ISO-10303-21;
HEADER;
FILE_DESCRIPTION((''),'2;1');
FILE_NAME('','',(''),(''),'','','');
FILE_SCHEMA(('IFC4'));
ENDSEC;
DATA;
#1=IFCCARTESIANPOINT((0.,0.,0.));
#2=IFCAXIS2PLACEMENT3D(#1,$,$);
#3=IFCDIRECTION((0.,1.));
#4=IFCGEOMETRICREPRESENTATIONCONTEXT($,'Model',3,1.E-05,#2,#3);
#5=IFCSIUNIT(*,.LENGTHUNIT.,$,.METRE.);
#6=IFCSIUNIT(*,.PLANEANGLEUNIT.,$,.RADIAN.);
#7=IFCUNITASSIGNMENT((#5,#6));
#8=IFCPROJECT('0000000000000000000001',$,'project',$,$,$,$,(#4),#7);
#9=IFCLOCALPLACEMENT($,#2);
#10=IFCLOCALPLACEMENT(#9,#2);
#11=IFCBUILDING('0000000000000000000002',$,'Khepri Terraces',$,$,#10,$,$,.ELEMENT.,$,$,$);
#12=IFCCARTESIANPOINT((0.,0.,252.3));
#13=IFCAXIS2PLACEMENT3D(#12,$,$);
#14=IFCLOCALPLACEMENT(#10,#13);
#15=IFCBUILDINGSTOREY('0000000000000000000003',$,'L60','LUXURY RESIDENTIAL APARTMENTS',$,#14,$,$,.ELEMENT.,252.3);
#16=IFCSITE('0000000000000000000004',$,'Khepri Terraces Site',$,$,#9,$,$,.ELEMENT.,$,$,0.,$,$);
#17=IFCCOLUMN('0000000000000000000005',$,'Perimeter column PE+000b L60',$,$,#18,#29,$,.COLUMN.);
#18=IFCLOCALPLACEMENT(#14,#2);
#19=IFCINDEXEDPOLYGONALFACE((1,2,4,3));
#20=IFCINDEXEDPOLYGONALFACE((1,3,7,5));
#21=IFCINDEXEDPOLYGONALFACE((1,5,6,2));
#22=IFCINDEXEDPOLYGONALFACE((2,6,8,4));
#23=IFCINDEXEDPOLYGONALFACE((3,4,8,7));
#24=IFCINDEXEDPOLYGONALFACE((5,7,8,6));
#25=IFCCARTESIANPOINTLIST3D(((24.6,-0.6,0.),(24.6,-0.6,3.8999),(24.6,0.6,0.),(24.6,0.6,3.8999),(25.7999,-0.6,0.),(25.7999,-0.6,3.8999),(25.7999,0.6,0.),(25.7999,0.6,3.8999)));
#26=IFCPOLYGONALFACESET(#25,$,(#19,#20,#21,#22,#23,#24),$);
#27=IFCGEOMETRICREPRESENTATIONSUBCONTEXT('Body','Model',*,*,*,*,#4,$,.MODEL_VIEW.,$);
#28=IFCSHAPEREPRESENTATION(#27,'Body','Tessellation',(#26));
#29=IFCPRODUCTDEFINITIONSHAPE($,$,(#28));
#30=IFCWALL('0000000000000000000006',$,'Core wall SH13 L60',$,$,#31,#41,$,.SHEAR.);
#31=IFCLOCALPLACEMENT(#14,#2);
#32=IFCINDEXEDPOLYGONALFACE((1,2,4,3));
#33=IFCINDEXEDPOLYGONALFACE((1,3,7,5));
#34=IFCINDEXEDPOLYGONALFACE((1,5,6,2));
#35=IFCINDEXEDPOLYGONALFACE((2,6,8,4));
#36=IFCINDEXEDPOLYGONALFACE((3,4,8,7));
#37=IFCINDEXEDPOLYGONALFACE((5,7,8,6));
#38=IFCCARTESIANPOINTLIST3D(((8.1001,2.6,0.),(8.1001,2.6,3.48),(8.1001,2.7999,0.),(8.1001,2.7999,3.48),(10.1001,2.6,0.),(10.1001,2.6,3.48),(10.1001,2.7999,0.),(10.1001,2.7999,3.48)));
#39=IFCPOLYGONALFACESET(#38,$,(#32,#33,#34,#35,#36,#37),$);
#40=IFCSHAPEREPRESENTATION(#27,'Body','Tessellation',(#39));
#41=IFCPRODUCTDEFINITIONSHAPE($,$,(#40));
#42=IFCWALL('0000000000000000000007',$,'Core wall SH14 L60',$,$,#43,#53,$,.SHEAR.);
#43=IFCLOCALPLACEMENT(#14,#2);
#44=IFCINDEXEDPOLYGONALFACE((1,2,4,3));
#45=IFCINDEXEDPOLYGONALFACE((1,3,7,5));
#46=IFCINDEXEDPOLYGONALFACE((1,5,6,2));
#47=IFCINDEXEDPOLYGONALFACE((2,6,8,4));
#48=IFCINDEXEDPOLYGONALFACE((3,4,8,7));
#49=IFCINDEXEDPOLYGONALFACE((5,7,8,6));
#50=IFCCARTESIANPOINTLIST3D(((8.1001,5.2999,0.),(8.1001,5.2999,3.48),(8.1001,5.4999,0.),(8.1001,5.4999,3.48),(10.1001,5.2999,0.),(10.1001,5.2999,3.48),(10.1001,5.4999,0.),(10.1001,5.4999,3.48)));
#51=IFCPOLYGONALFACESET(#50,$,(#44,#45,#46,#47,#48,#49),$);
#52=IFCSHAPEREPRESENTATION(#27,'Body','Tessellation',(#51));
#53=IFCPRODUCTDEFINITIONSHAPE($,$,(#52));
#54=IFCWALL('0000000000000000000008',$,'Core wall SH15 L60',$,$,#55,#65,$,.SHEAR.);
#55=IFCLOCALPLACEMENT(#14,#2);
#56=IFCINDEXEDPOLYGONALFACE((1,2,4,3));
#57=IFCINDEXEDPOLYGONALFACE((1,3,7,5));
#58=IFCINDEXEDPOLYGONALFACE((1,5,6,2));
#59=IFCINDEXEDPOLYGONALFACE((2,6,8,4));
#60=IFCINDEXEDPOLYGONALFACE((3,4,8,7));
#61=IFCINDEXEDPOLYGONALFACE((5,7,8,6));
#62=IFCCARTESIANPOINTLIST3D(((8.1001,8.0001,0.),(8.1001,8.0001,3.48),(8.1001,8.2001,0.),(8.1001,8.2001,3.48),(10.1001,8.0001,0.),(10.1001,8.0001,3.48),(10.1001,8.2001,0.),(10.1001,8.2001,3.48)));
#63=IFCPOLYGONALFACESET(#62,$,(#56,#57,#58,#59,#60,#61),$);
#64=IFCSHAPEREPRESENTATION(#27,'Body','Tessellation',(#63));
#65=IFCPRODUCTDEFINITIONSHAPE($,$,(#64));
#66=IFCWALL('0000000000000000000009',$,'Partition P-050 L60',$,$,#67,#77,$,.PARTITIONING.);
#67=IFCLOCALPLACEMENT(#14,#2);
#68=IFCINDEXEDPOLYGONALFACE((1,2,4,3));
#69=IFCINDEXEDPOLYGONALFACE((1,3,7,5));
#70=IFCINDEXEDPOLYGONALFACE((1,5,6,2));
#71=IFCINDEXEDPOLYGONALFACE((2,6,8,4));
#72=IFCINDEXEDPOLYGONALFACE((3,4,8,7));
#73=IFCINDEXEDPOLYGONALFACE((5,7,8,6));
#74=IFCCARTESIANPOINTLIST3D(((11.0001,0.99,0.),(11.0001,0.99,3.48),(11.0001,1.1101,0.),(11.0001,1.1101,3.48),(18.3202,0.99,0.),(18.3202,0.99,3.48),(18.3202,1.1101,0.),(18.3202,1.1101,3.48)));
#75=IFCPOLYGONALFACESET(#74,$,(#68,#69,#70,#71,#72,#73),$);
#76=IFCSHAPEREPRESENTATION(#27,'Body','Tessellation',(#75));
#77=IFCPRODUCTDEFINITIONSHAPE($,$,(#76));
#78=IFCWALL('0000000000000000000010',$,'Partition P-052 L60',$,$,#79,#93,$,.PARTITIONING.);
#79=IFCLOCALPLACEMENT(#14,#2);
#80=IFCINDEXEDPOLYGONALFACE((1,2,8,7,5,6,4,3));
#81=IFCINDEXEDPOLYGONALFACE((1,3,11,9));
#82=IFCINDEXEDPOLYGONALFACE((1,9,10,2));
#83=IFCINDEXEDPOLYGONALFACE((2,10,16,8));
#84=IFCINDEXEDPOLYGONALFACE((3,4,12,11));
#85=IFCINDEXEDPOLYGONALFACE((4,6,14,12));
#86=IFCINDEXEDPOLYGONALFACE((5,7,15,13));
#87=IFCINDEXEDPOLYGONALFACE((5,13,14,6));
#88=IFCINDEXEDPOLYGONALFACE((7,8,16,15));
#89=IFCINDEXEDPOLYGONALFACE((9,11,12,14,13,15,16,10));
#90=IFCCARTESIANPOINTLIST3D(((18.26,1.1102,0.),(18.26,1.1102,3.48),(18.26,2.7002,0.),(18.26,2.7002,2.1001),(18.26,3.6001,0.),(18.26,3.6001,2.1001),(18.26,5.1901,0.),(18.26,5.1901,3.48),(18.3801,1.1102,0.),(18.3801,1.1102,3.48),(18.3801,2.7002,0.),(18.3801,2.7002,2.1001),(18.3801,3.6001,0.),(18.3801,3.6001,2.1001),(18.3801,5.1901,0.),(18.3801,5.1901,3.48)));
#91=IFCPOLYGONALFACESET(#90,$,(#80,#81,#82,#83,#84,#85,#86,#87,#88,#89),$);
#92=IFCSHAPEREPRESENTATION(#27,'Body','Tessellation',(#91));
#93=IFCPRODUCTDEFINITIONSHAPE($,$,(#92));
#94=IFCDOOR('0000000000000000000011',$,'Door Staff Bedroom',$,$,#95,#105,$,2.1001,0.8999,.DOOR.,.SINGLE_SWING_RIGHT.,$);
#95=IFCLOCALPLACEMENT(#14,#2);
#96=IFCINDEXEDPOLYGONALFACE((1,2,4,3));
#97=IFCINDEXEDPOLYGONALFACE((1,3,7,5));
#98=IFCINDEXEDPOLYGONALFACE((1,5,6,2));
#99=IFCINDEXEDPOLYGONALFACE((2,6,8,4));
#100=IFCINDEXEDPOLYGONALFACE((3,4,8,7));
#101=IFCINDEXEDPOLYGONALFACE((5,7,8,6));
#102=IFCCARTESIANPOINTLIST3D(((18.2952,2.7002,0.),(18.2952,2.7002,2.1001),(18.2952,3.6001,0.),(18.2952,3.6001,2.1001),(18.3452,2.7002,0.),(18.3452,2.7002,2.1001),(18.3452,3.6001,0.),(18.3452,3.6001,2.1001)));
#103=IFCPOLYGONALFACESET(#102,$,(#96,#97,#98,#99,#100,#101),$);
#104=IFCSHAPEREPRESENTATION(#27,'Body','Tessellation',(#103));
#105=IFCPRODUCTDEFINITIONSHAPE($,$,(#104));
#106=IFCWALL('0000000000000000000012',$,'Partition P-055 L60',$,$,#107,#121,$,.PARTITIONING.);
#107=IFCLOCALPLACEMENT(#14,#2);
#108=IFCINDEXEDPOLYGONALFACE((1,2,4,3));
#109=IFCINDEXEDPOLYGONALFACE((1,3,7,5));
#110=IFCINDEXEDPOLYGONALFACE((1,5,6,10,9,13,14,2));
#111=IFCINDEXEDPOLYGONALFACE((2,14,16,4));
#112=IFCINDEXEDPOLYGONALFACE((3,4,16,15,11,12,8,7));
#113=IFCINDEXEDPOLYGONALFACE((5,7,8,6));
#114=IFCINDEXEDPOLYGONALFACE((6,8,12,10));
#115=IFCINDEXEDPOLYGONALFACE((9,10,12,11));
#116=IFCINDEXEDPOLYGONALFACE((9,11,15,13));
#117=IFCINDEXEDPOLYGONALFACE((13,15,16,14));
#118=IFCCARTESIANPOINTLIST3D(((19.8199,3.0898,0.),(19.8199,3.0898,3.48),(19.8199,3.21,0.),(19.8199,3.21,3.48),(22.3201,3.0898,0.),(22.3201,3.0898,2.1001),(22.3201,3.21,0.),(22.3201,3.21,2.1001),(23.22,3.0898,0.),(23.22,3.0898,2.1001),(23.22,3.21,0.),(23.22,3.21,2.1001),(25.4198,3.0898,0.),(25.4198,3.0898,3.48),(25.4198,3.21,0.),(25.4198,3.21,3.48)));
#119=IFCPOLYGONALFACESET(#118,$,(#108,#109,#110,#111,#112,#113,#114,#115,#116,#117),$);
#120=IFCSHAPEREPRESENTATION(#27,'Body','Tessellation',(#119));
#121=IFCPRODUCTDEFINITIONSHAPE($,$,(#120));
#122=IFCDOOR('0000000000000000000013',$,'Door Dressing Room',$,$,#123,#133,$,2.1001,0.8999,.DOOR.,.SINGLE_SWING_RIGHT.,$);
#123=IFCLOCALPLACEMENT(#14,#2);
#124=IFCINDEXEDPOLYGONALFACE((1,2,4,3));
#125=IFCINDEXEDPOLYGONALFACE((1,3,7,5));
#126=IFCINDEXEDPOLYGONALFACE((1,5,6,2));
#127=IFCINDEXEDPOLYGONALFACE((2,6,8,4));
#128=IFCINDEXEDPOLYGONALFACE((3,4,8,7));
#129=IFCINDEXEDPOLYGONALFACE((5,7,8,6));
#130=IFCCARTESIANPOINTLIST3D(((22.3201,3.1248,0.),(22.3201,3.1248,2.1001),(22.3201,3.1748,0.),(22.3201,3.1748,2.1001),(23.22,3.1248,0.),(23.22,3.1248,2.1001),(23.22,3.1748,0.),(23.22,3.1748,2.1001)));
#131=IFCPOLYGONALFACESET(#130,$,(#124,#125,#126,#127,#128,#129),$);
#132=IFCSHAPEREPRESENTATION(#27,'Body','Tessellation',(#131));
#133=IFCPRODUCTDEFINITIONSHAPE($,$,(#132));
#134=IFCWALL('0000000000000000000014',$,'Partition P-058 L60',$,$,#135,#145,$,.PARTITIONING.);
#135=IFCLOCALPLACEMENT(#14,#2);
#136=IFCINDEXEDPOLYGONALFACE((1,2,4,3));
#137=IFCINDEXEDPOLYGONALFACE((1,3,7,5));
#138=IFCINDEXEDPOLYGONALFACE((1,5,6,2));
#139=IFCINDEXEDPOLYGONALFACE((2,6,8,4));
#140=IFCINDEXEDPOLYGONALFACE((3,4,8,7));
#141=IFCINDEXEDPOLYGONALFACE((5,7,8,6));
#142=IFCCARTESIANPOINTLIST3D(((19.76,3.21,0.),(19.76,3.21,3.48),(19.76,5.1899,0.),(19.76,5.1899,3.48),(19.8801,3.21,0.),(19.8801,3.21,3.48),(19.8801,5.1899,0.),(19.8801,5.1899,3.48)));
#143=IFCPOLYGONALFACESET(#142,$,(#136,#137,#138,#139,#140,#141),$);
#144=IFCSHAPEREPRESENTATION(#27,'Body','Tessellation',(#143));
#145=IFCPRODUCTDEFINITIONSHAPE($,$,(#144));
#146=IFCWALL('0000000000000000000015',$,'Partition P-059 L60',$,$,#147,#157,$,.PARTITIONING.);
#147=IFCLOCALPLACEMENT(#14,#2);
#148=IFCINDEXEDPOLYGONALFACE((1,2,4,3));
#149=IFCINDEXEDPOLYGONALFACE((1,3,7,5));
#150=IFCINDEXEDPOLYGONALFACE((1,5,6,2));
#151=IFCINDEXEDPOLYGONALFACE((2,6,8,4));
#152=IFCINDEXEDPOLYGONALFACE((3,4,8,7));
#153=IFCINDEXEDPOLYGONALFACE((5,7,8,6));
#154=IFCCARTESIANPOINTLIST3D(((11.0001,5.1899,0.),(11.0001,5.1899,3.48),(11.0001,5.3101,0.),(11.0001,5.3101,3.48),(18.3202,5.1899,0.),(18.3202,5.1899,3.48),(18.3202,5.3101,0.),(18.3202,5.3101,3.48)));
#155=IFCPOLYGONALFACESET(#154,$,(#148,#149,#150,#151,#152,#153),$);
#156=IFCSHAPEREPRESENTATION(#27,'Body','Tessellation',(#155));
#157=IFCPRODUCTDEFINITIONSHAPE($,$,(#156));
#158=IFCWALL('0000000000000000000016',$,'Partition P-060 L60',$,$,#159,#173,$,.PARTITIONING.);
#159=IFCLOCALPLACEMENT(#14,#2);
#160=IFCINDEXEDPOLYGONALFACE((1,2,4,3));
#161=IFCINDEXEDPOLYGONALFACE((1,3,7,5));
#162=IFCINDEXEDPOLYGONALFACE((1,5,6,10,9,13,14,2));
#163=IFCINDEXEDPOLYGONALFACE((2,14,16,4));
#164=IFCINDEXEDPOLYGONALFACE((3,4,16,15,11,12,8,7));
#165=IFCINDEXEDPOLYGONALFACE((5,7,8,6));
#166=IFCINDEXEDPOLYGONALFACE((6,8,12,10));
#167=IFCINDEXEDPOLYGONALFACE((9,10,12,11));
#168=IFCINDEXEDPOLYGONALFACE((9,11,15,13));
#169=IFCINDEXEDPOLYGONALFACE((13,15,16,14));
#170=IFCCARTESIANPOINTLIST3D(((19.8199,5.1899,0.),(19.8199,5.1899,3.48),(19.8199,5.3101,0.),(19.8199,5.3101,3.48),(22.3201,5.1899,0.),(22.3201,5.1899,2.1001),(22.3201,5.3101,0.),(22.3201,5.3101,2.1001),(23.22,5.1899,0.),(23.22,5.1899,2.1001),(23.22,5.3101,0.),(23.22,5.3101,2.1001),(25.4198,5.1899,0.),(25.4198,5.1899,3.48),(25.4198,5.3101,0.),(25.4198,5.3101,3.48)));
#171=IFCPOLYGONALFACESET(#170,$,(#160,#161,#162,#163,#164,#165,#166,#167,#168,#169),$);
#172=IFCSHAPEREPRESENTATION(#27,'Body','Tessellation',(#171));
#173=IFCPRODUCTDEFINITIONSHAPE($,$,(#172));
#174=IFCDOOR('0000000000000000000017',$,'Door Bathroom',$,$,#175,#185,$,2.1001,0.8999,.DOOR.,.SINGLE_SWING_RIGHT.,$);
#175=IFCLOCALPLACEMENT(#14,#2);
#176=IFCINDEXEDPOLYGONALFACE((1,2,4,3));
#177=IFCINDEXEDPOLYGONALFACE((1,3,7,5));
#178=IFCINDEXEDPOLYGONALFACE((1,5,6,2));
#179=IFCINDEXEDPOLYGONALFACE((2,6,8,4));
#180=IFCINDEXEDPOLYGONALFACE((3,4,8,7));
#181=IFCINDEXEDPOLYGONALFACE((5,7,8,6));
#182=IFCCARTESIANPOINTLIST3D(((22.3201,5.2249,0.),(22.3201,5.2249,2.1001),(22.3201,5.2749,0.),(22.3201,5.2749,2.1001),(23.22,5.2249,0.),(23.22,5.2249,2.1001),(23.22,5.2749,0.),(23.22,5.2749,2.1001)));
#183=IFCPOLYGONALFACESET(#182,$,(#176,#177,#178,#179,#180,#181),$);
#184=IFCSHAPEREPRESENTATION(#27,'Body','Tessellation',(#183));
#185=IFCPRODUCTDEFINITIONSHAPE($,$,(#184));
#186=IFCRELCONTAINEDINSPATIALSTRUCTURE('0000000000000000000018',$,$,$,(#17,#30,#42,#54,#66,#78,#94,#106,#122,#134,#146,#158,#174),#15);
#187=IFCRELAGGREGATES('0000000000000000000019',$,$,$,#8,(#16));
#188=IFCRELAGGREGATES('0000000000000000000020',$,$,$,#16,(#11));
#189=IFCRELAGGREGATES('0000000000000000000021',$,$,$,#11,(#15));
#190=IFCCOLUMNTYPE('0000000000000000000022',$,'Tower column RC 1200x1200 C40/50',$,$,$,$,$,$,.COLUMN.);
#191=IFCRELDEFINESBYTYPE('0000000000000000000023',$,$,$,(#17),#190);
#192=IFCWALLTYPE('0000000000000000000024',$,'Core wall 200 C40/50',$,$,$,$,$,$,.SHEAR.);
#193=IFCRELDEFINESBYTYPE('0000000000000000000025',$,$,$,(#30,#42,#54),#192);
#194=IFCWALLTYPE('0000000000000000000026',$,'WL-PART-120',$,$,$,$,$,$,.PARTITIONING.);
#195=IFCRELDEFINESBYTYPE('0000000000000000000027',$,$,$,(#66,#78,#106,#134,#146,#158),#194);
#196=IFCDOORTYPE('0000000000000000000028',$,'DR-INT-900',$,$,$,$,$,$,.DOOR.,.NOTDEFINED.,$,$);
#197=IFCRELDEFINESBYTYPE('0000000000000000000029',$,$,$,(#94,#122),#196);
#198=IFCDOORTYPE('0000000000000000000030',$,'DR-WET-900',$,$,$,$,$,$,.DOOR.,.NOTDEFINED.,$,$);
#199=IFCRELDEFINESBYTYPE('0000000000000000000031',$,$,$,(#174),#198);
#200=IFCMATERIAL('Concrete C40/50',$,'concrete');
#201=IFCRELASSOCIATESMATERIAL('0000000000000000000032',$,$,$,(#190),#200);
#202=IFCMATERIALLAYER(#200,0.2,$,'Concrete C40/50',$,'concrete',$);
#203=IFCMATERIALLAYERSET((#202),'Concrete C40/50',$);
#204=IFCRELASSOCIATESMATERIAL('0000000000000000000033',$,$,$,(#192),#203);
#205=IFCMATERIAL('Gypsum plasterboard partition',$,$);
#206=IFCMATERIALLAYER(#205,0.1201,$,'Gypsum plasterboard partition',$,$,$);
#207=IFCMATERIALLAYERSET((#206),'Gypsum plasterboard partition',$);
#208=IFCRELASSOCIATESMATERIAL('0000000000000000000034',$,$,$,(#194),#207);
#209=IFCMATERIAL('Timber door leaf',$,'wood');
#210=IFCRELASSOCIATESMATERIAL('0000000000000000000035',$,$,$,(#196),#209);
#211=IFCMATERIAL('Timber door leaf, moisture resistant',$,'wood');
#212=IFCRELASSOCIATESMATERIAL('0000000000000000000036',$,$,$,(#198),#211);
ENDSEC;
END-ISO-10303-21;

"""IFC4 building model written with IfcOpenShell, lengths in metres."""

from ifc_helpers import new_model, si_unit, direction, frame, frame_2d, origin, origin_2d, place, context, subcontext, project, spatial, rectangle, extrude, material, layer, layer_set, material_profile, profile_set, type_object, element, fill, save


model = new_model("IFC4")

# Units and contexts
model_context = context("Model", 3, precision=1e-05, world=origin(), true_north=direction((0.0, 1.0)))
body_context = subcontext(model_context, "Body", "Model", "MODEL_VIEW")
ifc_project = project(units=[si_unit("LENGTHUNIT", "METRE"), si_unit("PLANEANGLEUNIT", "RADIAN")], contexts=[model_context])

# Site, building, storey
site_placement = place(None, origin())
site = spatial("IfcSite", under=ifc_project, at=site_placement, Name="Khepri Terraces Site", CompositionType="ELEMENT", RefElevation=0.0)
building_placement = place(site_placement, origin())
building = spatial("IfcBuilding", under=site, at=building_placement, Name="Khepri Terraces", CompositionType="ELEMENT")
storey_placement = place(building_placement, frame((0.0, 0.0, 252.3)))
storey = spatial("IfcBuildingStorey", under=building, at=storey_placement, Name="L60", Description="LUXURY RESIDENTIAL APARTMENTS", CompositionType="ELEMENT", Elevation=252.3)

# Column
ifc_material_1 = material(Name="Concrete C40/50", Category="concrete")
ifc_material_profile = material_profile(ifc_material_1, rectangle(XDim=1.2, YDim=1.2, at=origin_2d()), Name="Concrete C40/50", Category="concrete")
ifc_profile_set = profile_set([ifc_material_profile], Name="Concrete C40/50")
column_type = type_object("IfcColumnType", Name="Tower column RC 1200x1200 C40/50", PredefinedType="COLUMN", material=ifc_profile_set)
column_placement = place(storey_placement, frame((25.2, 0.0, 0.0), z_axis=(0.0, 0.0, 1.0), x_axis=(1.0, 0.0, 0.0)))
element("IfcColumn", 1, at=column_placement, inside=storey, type_object=column_type, Name="Perimeter column PE+000b L60", PredefinedType="COLUMN", context=body_context, shape_type="SweptSolid", body=[
    extrude(rectangle(XDim=1.2, YDim=1.2, at=origin_2d()), origin(), (0.0, 0.0, 1.0), 3.8999),
])

# Walls
ifc_layer_1 = layer(ifc_material_1, 0.2, Name="Concrete C40/50", Category="concrete")
ifc_layer_set_1 = layer_set([ifc_layer_1], Name="Concrete C40/50")
wall_type_1 = type_object("IfcWallType", Name="Core wall 200 C40/50", PredefinedType="SHEAR", material=ifc_layer_set_1)
for number, where, z_axis, x_axis, name in (
    (2, (8.1001, 2.7, 0.0), (0.0, 0.0, 1.0), (1.0, 0.0, 0.0), "Core wall SH13 L60"),
    (3, (8.1001, 5.3999, 0.0), (0.0, 0.0, 1.0), (1.0, 0.0, 0.0), "Core wall SH14 L60"),
    (4, (8.1001, 8.1001, 0.0), (0.0, 0.0, 1.0), (1.0, 0.0, 0.0), "Core wall SH15 L60"),
):
    element("IfcWall", number, at=place(storey_placement, frame(where, z_axis=z_axis, x_axis=x_axis)), inside=storey, type_object=wall_type_1, Name=name, PredefinedType="SHEAR", context=body_context, shape_type="SweptSolid", body=[
        extrude(rectangle(XDim=2.0, YDim=0.2, at=frame_2d((1.0, 0.0))), origin(), (0.0, 0.0, 1.0), 3.48),
    ])

# Wall
ifc_material_2 = material(Name="Gypsum plasterboard partition")
ifc_layer_2 = layer(ifc_material_2, 0.1201, Name="Gypsum plasterboard partition")
ifc_layer_set_2 = layer_set([ifc_layer_2], Name="Gypsum plasterboard partition")
wall_type_2 = type_object("IfcWallType", Name="WL-PART-120", PredefinedType="PARTITIONING", material=ifc_layer_set_2)
wall_1_placement = place(storey_placement, frame((11.0, 1.05, 0.0), z_axis=(0.0, 0.0, 1.0), x_axis=(1.0, 0.0, 0.0)))
element("IfcWall", 5, at=wall_1_placement, inside=storey, type_object=wall_type_2, Name="Partition P-050 L60", PredefinedType="PARTITIONING", context=body_context, shape_type="SweptSolid", body=[
    extrude(rectangle(XDim=7.3201, YDim=0.1201, at=frame_2d((3.6602, 0.0))), origin(), (0.0, 0.0, 1.0), 3.48),
])

# Walls, openings, doors
wall_2_placement = place(storey_placement, frame((18.3201, 1.1101, 0.0), z_axis=(0.0, 0.0, 1.0), x_axis=(0.0, 1.0, 0.0)))
wall_2 = element("IfcWall", 6, at=wall_2_placement, inside=storey, type_object=wall_type_2, Name="Partition P-052 L60", PredefinedType="PARTITIONING", context=body_context, shape_type="SweptSolid", body=[
    extrude(rectangle(XDim=4.0798, YDim=0.1201, at=frame_2d((2.04, 0.0))), origin(), (0.0, 0.0, 1.0), 3.48),
])
opening_1_placement = place(wall_2_placement, frame((1.5901, 0.0, 0.0)))
opening_1 = element("IfcOpeningElement", 7, at=opening_1_placement, cuts=wall_2, PredefinedType="OPENING", context=body_context, shape_type="SweptSolid", body=[
    extrude(rectangle(XDim=0.8999, YDim=2.1001, at=frame_2d((0.45, 1.05))), frame((0.0, 0.0701, 0.0), z_axis=(0.0, -1.0, 0.0), x_axis=(1.0, 0.0, 0.0)), (0.0, 0.0, 1.0), 0.1401),
])
ifc_material_3 = material(Name="Timber door leaf", Category="wood")
door_type_1 = type_object("IfcDoorType", Name="DR-INT-900", OperationType="NOTDEFINED", PredefinedType="DOOR", material=ifc_material_3)
door_1_placement = place(opening_1_placement, origin())
door_1 = element("IfcDoor", 8, at=door_1_placement, inside=storey, type_object=door_type_1, Name="Door Staff Bedroom", OperationType="SINGLE_SWING_RIGHT", OverallHeight=2.1001, OverallWidth=0.8999, PredefinedType="DOOR", context=body_context, shape_type="SweptSolid", body=[
    extrude(rectangle(XDim=0.8999, YDim=2.1001, at=frame_2d((0.45, 1.05))), frame((0.0, 0.0249, 0.0), z_axis=(0.0, -1.0, 0.0), x_axis=(1.0, 0.0, 0.0)), (0.0, 0.0, 1.0), 0.05),
])
fill(opening_1, door_1)
wall_3_placement = place(storey_placement, frame((19.8201, 3.1499, 0.0), z_axis=(0.0, 0.0, 1.0), x_axis=(1.0, 0.0, 0.0)))
wall_3 = element("IfcWall", 9, at=wall_3_placement, inside=storey, type_object=wall_type_2, Name="Partition P-055 L60", PredefinedType="PARTITIONING", context=body_context, shape_type="SweptSolid", body=[
    extrude(rectangle(XDim=5.5999, YDim=0.1201, at=frame_2d((2.7998, 0.0))), origin(), (0.0, 0.0, 1.0), 3.48),
])
opening_2_placement = place(wall_3_placement, frame((2.5, 0.0, 0.0)))
opening_2 = element("IfcOpeningElement", 10, at=opening_2_placement, cuts=wall_3, PredefinedType="OPENING", context=body_context, shape_type="SweptSolid", body=[
    extrude(rectangle(XDim=0.8999, YDim=2.1001, at=frame_2d((0.45, 1.05))), frame((0.0, 0.0701, 0.0), z_axis=(0.0, -1.0, 0.0), x_axis=(1.0, 0.0, 0.0)), (0.0, 0.0, 1.0), 0.1401),
])
door_2_placement = place(opening_2_placement, origin())
door_2 = element("IfcDoor", 11, at=door_2_placement, inside=storey, type_object=door_type_1, Name="Door Dressing Room", OperationType="SINGLE_SWING_RIGHT", OverallHeight=2.1001, OverallWidth=0.8999, PredefinedType="DOOR", context=body_context, shape_type="SweptSolid", body=[
    extrude(rectangle(XDim=0.8999, YDim=2.1001, at=frame_2d((0.45, 1.05))), frame((0.0, 0.0249, 0.0), z_axis=(0.0, -1.0, 0.0), x_axis=(1.0, 0.0, 0.0)), (0.0, 0.0, 1.0), 0.05),
])
fill(opening_2, door_2)

# Walls
wall_4_placement = place(storey_placement, frame((19.8201, 3.21, 0.0), z_axis=(0.0, 0.0, 1.0), x_axis=(0.0, 1.0, 0.0)))
element("IfcWall", 12, at=wall_4_placement, inside=storey, type_object=wall_type_2, Name="Partition P-058 L60", PredefinedType="PARTITIONING", context=body_context, shape_type="SweptSolid", body=[
    extrude(rectangle(XDim=1.98, YDim=0.1201, at=frame_2d((0.99, 0.0))), origin(), (0.0, 0.0, 1.0), 3.48),
])
wall_5_placement = place(storey_placement, frame((11.0, 5.25, 0.0), z_axis=(0.0, 0.0, 1.0), x_axis=(1.0, 0.0, 0.0)))
element("IfcWall", 13, at=wall_5_placement, inside=storey, type_object=wall_type_2, Name="Partition P-059 L60", PredefinedType="PARTITIONING", context=body_context, shape_type="SweptSolid", body=[
    extrude(rectangle(XDim=7.3201, YDim=0.1201, at=frame_2d((3.6602, 0.0))), origin(), (0.0, 0.0, 1.0), 3.48),
])

# Wall, opening, door
wall_6_placement = place(storey_placement, frame((19.8201, 5.25, 0.0), z_axis=(0.0, 0.0, 1.0), x_axis=(1.0, 0.0, 0.0)))
wall_6 = element("IfcWall", 14, at=wall_6_placement, inside=storey, type_object=wall_type_2, Name="Partition P-060 L60", PredefinedType="PARTITIONING", context=body_context, shape_type="SweptSolid", body=[
    extrude(rectangle(XDim=5.5999, YDim=0.1201, at=frame_2d((2.7998, 0.0))), origin(), (0.0, 0.0, 1.0), 3.48),
])
opening_3_placement = place(wall_6_placement, frame((2.5, 0.0, 0.0)))
opening_3 = element("IfcOpeningElement", 15, at=opening_3_placement, cuts=wall_6, PredefinedType="OPENING", context=body_context, shape_type="SweptSolid", body=[
    extrude(rectangle(XDim=0.8999, YDim=2.1001, at=frame_2d((0.45, 1.05))), frame((0.0, 0.0701, 0.0), z_axis=(0.0, -1.0, 0.0), x_axis=(1.0, 0.0, 0.0)), (0.0, 0.0, 1.0), 0.1401),
])
ifc_material_4 = material(Name="Timber door leaf, moisture resistant", Category="wood")
door_type_2 = type_object("IfcDoorType", Name="DR-WET-900", OperationType="NOTDEFINED", PredefinedType="DOOR", material=ifc_material_4)
door_3_placement = place(opening_3_placement, origin())
door_3 = element("IfcDoor", 16, at=door_3_placement, inside=storey, type_object=door_type_2, Name="Door Bathroom", OperationType="SINGLE_SWING_RIGHT", OverallHeight=2.1001, OverallWidth=0.8999, PredefinedType="DOOR", context=body_context, shape_type="SweptSolid", body=[
    extrude(rectangle(XDim=0.8999, YDim=2.1001, at=frame_2d((0.45, 1.05))), frame((0.0, 0.0249, 0.0), z_axis=(0.0, -1.0, 0.0), x_axis=(1.0, 0.0, 0.0)), (0.0, 0.0, 1.0), 0.05),
])
fill(opening_3, door_3)

save(model, "model.ifc")
